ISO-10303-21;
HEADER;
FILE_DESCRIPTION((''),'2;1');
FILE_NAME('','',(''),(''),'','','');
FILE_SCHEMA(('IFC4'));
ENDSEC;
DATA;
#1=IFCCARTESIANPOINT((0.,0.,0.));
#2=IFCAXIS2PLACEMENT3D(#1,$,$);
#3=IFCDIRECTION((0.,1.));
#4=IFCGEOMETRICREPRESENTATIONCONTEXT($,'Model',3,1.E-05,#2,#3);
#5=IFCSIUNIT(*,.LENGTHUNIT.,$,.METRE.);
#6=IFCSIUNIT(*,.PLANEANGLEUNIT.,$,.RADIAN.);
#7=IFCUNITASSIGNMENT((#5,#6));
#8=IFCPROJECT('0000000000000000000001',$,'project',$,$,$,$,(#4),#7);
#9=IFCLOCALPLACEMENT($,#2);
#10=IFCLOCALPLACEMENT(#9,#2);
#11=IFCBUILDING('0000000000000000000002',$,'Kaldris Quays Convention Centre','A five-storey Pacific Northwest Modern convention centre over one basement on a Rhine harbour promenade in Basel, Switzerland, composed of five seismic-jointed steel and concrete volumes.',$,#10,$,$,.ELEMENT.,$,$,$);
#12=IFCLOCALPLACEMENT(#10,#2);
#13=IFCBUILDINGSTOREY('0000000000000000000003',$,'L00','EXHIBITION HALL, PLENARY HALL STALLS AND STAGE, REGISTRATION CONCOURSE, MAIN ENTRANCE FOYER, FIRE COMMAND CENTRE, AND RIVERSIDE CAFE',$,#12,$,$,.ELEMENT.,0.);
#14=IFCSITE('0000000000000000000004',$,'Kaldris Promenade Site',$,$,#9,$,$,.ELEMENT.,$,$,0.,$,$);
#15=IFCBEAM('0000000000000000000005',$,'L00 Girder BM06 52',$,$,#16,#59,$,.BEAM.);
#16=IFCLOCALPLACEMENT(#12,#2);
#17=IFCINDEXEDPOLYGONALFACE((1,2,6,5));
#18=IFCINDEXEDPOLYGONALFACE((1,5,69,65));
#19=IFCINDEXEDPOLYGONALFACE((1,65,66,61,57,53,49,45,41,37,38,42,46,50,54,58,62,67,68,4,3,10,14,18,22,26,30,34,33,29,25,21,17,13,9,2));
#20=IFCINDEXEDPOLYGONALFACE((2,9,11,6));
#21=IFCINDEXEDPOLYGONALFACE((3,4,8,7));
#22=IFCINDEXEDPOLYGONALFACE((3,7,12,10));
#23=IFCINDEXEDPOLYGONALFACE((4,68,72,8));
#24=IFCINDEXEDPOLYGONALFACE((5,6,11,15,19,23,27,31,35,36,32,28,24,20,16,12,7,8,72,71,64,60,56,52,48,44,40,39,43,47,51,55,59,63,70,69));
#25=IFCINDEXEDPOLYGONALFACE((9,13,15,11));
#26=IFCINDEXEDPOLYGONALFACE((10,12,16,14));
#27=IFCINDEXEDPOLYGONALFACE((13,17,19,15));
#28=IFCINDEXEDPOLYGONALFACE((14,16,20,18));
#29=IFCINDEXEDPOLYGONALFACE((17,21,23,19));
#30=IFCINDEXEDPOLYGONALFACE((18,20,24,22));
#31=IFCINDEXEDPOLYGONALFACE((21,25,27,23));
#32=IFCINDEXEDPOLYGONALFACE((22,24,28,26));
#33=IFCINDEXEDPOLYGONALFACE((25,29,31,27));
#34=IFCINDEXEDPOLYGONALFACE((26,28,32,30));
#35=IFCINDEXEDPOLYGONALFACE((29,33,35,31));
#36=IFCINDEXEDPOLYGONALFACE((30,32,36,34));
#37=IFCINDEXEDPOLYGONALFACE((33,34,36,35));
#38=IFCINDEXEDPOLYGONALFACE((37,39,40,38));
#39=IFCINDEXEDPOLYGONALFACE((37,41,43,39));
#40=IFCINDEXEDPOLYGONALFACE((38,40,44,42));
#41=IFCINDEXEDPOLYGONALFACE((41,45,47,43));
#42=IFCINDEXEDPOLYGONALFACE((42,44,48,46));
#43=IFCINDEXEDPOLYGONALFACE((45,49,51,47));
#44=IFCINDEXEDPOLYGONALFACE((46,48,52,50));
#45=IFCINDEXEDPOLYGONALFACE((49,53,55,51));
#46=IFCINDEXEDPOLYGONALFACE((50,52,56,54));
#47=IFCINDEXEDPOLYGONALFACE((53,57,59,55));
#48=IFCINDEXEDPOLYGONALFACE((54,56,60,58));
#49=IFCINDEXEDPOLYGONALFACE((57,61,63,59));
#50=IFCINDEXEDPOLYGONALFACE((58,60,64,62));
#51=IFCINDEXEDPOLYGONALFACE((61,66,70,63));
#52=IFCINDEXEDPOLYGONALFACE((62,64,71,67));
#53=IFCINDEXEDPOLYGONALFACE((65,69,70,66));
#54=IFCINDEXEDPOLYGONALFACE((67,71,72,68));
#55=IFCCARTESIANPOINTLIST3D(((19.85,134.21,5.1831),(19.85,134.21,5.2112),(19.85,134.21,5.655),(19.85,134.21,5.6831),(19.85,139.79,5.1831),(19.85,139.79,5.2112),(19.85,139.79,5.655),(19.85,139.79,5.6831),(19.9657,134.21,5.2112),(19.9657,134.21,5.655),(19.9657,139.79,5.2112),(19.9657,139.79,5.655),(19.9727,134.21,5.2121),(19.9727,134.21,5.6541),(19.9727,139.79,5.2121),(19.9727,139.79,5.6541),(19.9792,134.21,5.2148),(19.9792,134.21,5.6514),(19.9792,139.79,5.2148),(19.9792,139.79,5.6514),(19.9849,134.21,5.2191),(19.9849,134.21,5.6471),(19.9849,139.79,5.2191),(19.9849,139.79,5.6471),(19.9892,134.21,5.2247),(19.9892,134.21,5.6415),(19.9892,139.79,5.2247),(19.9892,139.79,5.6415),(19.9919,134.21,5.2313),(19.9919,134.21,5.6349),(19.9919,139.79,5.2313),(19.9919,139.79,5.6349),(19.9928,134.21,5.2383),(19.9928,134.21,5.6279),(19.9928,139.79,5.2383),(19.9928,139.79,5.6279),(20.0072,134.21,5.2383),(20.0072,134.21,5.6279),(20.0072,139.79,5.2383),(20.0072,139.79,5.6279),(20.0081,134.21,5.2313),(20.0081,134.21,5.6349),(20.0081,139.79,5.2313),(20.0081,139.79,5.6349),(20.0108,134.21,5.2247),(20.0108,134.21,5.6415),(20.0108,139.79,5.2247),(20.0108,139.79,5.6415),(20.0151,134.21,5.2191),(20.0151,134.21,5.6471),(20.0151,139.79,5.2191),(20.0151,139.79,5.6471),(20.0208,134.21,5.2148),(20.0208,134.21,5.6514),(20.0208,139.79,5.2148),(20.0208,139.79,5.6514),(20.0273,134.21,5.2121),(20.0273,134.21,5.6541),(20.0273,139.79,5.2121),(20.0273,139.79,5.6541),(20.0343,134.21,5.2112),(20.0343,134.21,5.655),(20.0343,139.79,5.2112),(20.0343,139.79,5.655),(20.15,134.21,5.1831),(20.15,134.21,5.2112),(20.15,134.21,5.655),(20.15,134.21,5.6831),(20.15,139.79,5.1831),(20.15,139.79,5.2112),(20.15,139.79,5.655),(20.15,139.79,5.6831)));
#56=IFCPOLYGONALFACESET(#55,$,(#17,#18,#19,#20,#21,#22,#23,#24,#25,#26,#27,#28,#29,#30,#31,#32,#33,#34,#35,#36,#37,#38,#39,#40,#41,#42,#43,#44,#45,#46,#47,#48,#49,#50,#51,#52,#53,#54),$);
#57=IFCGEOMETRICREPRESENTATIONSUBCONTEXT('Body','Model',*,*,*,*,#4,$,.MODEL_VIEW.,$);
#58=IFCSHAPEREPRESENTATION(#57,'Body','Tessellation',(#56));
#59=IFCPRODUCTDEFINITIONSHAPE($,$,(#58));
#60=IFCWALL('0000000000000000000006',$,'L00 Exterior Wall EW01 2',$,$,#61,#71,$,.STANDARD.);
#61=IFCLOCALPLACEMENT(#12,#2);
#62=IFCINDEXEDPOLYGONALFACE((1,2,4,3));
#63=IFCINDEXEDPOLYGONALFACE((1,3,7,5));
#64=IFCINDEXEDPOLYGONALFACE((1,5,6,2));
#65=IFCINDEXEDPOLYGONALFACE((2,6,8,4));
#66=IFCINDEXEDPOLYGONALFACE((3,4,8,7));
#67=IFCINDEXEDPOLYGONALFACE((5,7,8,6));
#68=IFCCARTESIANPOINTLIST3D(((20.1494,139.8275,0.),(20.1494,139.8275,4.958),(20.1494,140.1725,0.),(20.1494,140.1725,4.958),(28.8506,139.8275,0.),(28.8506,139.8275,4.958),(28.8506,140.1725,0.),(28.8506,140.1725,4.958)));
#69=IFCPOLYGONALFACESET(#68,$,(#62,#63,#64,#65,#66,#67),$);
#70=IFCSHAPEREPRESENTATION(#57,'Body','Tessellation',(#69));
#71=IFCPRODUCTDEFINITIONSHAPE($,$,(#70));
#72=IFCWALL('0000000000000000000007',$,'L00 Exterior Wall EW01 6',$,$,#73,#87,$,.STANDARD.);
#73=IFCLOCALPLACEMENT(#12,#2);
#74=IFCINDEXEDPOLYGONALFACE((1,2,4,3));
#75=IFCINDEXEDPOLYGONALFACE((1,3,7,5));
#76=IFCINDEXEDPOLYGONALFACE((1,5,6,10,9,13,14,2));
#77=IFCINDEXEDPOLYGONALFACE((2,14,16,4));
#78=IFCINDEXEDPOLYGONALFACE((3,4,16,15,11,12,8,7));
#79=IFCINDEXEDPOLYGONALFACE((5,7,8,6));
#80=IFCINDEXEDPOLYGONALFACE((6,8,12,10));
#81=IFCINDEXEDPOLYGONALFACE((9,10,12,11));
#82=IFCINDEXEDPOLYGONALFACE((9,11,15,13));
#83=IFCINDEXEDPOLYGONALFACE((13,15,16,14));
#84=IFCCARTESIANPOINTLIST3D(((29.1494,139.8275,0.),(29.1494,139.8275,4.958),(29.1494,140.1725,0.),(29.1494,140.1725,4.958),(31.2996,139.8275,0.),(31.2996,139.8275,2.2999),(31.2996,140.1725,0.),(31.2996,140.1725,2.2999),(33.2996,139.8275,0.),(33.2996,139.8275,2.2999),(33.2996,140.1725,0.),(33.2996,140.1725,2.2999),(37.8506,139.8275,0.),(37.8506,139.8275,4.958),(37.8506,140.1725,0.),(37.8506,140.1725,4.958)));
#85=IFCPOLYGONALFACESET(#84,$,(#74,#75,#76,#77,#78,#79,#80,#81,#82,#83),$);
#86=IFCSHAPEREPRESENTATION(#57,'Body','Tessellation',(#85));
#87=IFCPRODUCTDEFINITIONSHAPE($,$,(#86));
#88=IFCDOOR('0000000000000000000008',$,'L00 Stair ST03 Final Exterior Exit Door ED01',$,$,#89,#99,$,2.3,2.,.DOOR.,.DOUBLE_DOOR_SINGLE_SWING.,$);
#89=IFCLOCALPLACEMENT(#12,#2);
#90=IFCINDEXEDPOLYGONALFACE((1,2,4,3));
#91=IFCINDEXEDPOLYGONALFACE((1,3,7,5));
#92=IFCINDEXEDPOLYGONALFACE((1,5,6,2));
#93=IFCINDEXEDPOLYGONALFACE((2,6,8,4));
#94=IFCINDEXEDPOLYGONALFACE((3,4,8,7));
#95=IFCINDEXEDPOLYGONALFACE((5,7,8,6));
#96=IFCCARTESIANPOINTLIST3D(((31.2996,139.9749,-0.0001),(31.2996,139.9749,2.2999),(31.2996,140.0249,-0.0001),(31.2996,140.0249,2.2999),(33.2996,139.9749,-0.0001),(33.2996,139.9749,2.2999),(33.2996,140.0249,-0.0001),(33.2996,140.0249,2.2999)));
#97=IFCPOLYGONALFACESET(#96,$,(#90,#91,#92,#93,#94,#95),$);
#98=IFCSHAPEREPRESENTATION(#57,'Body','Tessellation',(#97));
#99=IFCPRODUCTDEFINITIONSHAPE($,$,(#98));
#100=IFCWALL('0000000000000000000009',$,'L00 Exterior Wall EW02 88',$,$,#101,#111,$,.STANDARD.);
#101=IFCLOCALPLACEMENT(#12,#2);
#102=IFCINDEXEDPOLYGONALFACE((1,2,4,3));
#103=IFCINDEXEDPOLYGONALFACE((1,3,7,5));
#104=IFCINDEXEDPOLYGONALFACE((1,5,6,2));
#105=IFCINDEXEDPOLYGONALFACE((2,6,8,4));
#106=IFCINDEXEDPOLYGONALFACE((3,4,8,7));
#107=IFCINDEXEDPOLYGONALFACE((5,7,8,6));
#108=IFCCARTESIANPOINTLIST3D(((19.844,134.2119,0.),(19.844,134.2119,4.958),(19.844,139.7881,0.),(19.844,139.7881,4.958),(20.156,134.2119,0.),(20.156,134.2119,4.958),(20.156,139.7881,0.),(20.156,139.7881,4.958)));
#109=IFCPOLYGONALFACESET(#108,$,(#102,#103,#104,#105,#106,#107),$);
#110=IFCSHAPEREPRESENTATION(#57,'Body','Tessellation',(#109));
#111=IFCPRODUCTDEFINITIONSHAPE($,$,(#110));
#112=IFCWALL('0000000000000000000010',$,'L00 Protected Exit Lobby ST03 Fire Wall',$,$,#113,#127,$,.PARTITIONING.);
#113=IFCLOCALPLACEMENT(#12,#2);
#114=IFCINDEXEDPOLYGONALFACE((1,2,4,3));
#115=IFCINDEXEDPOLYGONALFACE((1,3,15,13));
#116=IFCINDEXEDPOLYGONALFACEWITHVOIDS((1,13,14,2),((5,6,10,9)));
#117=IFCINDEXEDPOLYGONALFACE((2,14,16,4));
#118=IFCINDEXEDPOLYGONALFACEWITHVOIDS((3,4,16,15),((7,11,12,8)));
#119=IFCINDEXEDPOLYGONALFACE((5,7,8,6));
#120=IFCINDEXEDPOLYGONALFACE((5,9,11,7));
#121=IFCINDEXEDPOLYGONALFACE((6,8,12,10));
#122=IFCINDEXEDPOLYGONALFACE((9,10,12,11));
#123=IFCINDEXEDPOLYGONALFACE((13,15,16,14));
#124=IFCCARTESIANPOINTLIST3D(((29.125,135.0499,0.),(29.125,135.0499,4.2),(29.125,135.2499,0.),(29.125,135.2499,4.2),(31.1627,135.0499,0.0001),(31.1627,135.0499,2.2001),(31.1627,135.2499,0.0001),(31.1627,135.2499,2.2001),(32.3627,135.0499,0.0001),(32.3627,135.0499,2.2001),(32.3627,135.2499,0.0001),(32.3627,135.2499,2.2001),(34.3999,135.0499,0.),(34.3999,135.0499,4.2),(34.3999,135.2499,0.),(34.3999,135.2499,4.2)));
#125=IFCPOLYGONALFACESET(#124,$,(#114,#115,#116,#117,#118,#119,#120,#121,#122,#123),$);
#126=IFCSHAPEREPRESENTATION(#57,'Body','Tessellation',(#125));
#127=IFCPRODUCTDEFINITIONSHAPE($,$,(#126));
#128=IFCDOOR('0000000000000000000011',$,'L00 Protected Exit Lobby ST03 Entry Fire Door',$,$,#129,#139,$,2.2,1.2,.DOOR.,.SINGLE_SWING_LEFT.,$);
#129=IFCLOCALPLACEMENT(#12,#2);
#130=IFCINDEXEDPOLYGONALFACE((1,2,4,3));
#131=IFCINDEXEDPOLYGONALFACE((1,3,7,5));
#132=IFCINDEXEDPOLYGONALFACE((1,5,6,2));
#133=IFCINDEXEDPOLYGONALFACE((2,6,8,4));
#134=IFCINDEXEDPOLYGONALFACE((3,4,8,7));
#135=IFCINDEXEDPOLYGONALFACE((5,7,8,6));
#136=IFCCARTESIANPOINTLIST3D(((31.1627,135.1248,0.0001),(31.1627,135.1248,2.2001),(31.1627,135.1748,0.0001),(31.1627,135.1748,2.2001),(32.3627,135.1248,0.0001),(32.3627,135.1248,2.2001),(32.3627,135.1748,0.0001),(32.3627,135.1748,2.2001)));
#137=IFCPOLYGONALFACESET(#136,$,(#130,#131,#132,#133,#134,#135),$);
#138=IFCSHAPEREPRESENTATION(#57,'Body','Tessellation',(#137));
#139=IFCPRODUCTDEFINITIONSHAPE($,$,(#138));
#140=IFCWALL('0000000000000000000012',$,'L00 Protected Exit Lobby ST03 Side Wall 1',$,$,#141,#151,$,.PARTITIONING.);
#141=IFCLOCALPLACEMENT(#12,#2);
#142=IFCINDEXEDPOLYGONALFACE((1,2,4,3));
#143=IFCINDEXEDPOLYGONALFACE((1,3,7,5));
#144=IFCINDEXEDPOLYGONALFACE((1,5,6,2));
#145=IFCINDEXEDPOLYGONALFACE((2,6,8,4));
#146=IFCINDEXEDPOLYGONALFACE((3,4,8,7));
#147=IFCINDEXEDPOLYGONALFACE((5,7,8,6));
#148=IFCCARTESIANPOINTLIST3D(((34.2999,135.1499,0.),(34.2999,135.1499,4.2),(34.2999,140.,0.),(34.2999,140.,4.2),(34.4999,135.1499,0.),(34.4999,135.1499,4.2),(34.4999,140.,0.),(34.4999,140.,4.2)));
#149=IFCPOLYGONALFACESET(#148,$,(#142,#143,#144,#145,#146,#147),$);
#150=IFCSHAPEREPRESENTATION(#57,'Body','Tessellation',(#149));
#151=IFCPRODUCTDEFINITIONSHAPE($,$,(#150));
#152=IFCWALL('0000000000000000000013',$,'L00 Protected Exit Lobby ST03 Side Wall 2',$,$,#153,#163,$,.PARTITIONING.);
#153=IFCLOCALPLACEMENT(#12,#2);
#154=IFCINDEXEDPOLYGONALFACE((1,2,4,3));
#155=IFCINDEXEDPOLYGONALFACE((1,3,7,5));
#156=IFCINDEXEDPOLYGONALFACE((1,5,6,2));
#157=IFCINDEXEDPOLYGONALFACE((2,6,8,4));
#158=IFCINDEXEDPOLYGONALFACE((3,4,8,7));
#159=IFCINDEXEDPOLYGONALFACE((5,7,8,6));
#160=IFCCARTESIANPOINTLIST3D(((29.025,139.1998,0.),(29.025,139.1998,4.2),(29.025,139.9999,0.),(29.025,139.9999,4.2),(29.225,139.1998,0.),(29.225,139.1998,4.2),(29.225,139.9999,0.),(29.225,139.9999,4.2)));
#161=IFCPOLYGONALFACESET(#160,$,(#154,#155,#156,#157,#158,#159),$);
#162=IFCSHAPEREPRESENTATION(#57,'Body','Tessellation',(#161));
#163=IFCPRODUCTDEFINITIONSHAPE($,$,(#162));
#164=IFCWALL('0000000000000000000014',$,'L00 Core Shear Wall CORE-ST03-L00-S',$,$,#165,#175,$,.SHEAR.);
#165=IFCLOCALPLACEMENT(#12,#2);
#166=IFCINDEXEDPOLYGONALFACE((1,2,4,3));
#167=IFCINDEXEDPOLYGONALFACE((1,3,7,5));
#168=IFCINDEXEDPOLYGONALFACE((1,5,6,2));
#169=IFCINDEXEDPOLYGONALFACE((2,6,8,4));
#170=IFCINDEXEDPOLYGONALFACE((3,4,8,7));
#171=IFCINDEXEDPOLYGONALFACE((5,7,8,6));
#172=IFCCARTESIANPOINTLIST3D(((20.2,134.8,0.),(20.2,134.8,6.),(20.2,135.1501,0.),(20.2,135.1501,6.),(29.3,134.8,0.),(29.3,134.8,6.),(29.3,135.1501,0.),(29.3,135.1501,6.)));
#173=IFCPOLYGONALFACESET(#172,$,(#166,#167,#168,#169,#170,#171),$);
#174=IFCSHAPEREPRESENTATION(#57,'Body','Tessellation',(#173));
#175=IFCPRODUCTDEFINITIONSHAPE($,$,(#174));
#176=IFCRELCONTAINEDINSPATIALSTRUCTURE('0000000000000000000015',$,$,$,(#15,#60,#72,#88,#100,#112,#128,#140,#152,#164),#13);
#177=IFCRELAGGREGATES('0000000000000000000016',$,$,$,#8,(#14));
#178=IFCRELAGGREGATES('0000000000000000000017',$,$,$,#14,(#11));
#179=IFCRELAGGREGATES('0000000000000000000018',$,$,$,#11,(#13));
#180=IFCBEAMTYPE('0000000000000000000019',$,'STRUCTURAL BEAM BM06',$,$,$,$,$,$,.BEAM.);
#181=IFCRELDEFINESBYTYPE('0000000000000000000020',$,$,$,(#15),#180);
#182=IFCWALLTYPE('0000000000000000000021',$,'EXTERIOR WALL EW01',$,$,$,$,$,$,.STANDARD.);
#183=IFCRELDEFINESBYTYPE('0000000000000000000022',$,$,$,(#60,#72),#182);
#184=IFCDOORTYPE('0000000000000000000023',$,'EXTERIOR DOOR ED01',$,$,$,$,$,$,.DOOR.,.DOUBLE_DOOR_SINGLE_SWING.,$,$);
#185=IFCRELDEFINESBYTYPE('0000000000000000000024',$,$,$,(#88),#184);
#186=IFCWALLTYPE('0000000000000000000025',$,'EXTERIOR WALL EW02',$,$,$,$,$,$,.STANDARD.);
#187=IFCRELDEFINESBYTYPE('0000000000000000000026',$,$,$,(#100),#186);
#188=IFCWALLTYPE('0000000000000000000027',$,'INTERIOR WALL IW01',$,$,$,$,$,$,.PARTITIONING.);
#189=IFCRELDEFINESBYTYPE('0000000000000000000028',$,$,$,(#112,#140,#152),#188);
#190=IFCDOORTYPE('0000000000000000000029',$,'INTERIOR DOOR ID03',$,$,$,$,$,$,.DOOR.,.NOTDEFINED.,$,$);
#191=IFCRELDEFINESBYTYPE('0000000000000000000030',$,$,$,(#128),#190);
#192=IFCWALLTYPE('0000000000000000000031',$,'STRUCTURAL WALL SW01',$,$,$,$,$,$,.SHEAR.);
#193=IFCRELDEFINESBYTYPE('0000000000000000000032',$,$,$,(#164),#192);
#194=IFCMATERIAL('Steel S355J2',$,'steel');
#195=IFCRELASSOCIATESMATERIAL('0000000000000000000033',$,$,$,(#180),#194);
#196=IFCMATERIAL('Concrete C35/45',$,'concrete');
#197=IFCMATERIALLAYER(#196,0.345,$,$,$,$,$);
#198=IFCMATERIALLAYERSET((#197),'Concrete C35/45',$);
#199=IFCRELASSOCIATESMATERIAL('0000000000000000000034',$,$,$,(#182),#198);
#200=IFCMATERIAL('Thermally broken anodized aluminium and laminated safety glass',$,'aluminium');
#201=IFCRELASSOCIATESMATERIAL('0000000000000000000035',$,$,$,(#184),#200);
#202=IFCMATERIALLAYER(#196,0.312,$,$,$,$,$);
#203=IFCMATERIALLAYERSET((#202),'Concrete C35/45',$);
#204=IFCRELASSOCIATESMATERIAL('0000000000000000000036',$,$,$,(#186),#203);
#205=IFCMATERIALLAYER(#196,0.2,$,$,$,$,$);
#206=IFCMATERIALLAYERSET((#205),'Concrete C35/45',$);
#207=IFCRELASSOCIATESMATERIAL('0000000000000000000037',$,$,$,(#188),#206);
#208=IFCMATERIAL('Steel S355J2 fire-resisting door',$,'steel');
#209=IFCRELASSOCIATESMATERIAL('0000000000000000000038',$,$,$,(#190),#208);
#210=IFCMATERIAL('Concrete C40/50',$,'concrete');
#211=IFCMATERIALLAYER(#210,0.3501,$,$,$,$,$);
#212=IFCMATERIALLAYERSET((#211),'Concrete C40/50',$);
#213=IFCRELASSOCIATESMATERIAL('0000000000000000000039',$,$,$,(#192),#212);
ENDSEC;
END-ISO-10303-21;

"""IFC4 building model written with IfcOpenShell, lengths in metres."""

from ifc_helpers import new_model, si_unit, direction, frame, frame_2d, origin, origin_2d, place, context, subcontext, project, spatial, rectangle, i_section, extrude, material, layer, layer_set, material_profile, profile_set, type_object, element, fill, save


model = new_model("IFC4")

# Units and contexts
model_context = context("Model", 3, precision=1e-05, world=origin(), true_north=direction((0.0, 1.0)))
body_context = subcontext(model_context, "Body", "Model", "MODEL_VIEW")
ifc_project = project(units=[si_unit("LENGTHUNIT", "METRE"), si_unit("PLANEANGLEUNIT", "RADIAN")], contexts=[model_context])

# Site, building, storey
site_placement = place(None, origin())
site = spatial("IfcSite", under=ifc_project, at=site_placement, Name="Kaldris Promenade Site", CompositionType="ELEMENT", RefElevation=0.0)
building_placement = place(site_placement, origin())
building = spatial("IfcBuilding", under=site, at=building_placement, Name="Kaldris Quays Convention Centre", Description="A five-storey Pacific Northwest Modern convention centre over one basement on a Rhine harbour promenade in Basel, Switzerland, composed of five seismic-jointed steel and concrete volumes.", CompositionType="ELEMENT")
storey_placement = place(building_placement, origin())
storey = spatial("IfcBuildingStorey", under=building, at=storey_placement, Name="L00", Description="EXHIBITION HALL, PLENARY HALL STALLS AND STAGE, REGISTRATION CONCOURSE, MAIN ENTRANCE FOYER, FIRE COMMAND CENTRE, AND RIVERSIDE CAFE", CompositionType="ELEMENT", Elevation=0.0)

# Beam
ifc_material_1 = material(Name="Steel S355J2", Category="steel")
ifc_material_profile_1 = material_profile(ifc_material_1, i_section(OverallWidth=0.3, OverallDepth=0.5, WebThickness=0.0144, FlangeThickness=0.0281, FilletRadius=0.0271, at=origin_2d()), Name="HEB 500")
ifc_profile_set_1 = profile_set([ifc_material_profile_1], Name="Steel S355J2")
beam_type_1 = type_object("IfcBeamType", Name="STRUCTURAL BEAM BM06", PredefinedType="BEAM", material=ifc_profile_set_1)
beam_placement = place(storey_placement, frame((20.0, 134.21, 5.4331), z_axis=(0.0, 1.0, 0.0), x_axis=(-1.0, 0.0, 0.0)))
element("IfcBeam", 1, at=beam_placement, inside=storey, type_object=beam_type_1, Name="L00 Girder BM06 52", PredefinedType="BEAM", context=body_context, shape_type="SweptSolid", body=[
    extrude(i_section(OverallWidth=0.3, OverallDepth=0.5, WebThickness=0.0144, FlangeThickness=0.0281, FilletRadius=0.0271, at=origin_2d()), origin(), (0.0, 0.0, 1.0), 5.5801),
])

# Wall
ifc_material_2 = material(Name="Concrete C35/45", Category="concrete")
ifc_layer_1 = layer(ifc_material_2, 0.345)
ifc_layer_set_1 = layer_set([ifc_layer_1], Name="Concrete C35/45")
wall_type_1 = type_object("IfcWallType", Name="EXTERIOR WALL EW01", PredefinedType="STANDARD", material=ifc_layer_set_1)
wall_1_placement = place(storey_placement, frame((20.1494, 140.0, 0.0), z_axis=(0.0, 0.0, 1.0), x_axis=(1.0, 0.0, 0.0)))
element("IfcWall", 2, at=wall_1_placement, inside=storey, type_object=wall_type_1, Name="L00 Exterior Wall EW01 2", PredefinedType="STANDARD", context=body_context, shape_type="SweptSolid", body=[
    extrude(rectangle(XDim=8.7012, YDim=0.345, at=frame_2d((4.3506, 0.0))), origin(), (0.0, 0.0, 1.0), 4.958),
])

# Wall, opening, door
wall_2_placement = place(storey_placement, frame((29.1494, 140.0, 0.0), z_axis=(0.0, 0.0, 1.0), x_axis=(1.0, 0.0, 0.0)))
wall_2 = element("IfcWall", 3, at=wall_2_placement, inside=storey, type_object=wall_type_1, Name="L00 Exterior Wall EW01 6", PredefinedType="STANDARD", context=body_context, shape_type="SweptSolid", body=[
    extrude(rectangle(XDim=8.7012, YDim=0.345, at=frame_2d((4.3506, 0.0))), origin(), (0.0, 0.0, 1.0), 4.958),
])
opening_1_placement = place(wall_2_placement, frame((2.1501, 0.0, 0.0)))
opening_1 = element("IfcOpeningElement", 4, at=opening_1_placement, cuts=wall_2, PredefinedType="OPENING", context=body_context, shape_type="SweptSolid", body=[
    extrude(rectangle(XDim=2.0, YDim=2.3, at=frame_2d((1.0, 1.1499))), frame((0.0, 0.1826, 0.0), z_axis=(0.0, -1.0, 0.0), x_axis=(1.0, 0.0, 0.0)), (0.0, 0.0, 1.0), 0.365),
])
ifc_material_3 = material(Name="Thermally broken anodized aluminium and laminated safety glass", Category="aluminium")
door_type_1 = type_object("IfcDoorType", Name="EXTERIOR DOOR ED01", OperationType="DOUBLE_DOOR_SINGLE_SWING", PredefinedType="DOOR", material=ifc_material_3)
door_1_placement = place(opening_1_placement, origin())
door_1 = element("IfcDoor", 5, at=door_1_placement, inside=storey, type_object=door_type_1, Name="L00 Stair ST03 Final Exterior Exit Door ED01", OperationType="DOUBLE_DOOR_SINGLE_SWING", OverallHeight=2.3, OverallWidth=2.0, PredefinedType="DOOR", context=body_context, shape_type="SweptSolid", body=[
    extrude(rectangle(XDim=2.0, YDim=2.3, at=frame_2d((1.0, 1.1499))), frame((0.0, 0.0249, 0.0), z_axis=(0.0, -1.0, 0.0), x_axis=(1.0, 0.0, 0.0)), (0.0, 0.0, 1.0), 0.05),
])
fill(opening_1, door_1)

# Wall
ifc_layer_2 = layer(ifc_material_2, 0.312)
ifc_layer_set_2 = layer_set([ifc_layer_2], Name="Concrete C35/45")
wall_type_2 = type_object("IfcWallType", Name="EXTERIOR WALL EW02", PredefinedType="STANDARD", material=ifc_layer_set_2)
wall_3_placement = place(storey_placement, frame((20.0, 134.2119, 0.0), z_axis=(0.0, 0.0, 1.0), x_axis=(0.0, 1.0, 0.0)))
element("IfcWall", 6, at=wall_3_placement, inside=storey, type_object=wall_type_2, Name="L00 Exterior Wall EW02 88", PredefinedType="STANDARD", context=body_context, shape_type="SweptSolid", body=[
    extrude(rectangle(XDim=5.5762, YDim=0.312, at=frame_2d((2.7881, 0.0))), origin(), (0.0, 0.0, 1.0), 4.958),
])

# Wall, opening, door
ifc_layer_3 = layer(ifc_material_2, 0.2)
ifc_layer_set_3 = layer_set([ifc_layer_3], Name="Concrete C35/45")
wall_type_3 = type_object("IfcWallType", Name="INTERIOR WALL IW01", PredefinedType="PARTITIONING", material=ifc_layer_set_3)
wall_4_placement = place(storey_placement, frame((29.125, 135.1499, 0.0), z_axis=(0.0, 0.0, 1.0), x_axis=(1.0, 0.0, 0.0)))
wall_4 = element("IfcWall", 7, at=wall_4_placement, inside=storey, type_object=wall_type_3, Name="L00 Protected Exit Lobby ST03 Fire Wall", PredefinedType="PARTITIONING", context=body_context, shape_type="SweptSolid", body=[
    extrude(rectangle(XDim=5.2749, YDim=0.2, at=frame_2d((2.6375, 0.0))), origin(), (0.0, 0.0, 1.0), 4.2),
])
opening_2_placement = place(wall_4_placement, frame((2.0376, 0.0, 0.0)))
opening_2 = element("IfcOpeningElement", 8, at=opening_2_placement, cuts=wall_4, PredefinedType="OPENING", context=body_context, shape_type="SweptSolid", body=[
    extrude(rectangle(XDim=1.2, YDim=2.2, at=frame_2d((0.6001, 1.1001))), frame((0.0, 0.1099, 0.0), z_axis=(0.0, -1.0, 0.0), x_axis=(1.0, 0.0, 0.0)), (0.0, 0.0, 1.0), 0.22),
])
ifc_material_4 = material(Name="Steel S355J2 fire-resisting door", Category="steel")
door_type_2 = type_object("IfcDoorType", Name="INTERIOR DOOR ID03", OperationType="NOTDEFINED", PredefinedType="DOOR", material=ifc_material_4)
door_2_placement = place(opening_2_placement, origin())
door_2 = element("IfcDoor", 9, at=door_2_placement, inside=storey, type_object=door_type_2, Name="L00 Protected Exit Lobby ST03 Entry Fire Door", OperationType="SINGLE_SWING_LEFT", OverallHeight=2.2, OverallWidth=1.2, PredefinedType="DOOR", context=body_context, shape_type="SweptSolid", body=[
    extrude(rectangle(XDim=1.2, YDim=2.2, at=frame_2d((0.6001, 1.1001))), frame((0.0, 0.0249, 0.0), z_axis=(0.0, -1.0, 0.0), x_axis=(1.0, 0.0, 0.0)), (0.0, 0.0, 1.0), 0.05),
])
fill(opening_2, door_2)

# Walls
wall_5_placement = place(storey_placement, frame((34.3999, 135.1499, 0.0), z_axis=(0.0, 0.0, 1.0), x_axis=(0.0, 1.0, 0.0)))
element("IfcWall", 10, at=wall_5_placement, inside=storey, type_object=wall_type_3, Name="L00 Protected Exit Lobby ST03 Side Wall 1", PredefinedType="PARTITIONING", context=body_context, shape_type="SweptSolid", body=[
    extrude(rectangle(XDim=4.8501, YDim=0.2, at=frame_2d((2.425, 0.0))), origin(), (0.0, 0.0, 1.0), 4.2),
])
wall_6_placement = place(storey_placement, frame((29.125, 139.2, 0.0), z_axis=(0.0, 0.0, 1.0), x_axis=(0.0, 1.0, 0.0)))
element("IfcWall", 11, at=wall_6_placement, inside=storey, type_object=wall_type_3, Name="L00 Protected Exit Lobby ST03 Side Wall 2", PredefinedType="PARTITIONING", context=body_context, shape_type="SweptSolid", body=[
    extrude(rectangle(XDim=0.8, YDim=0.2, at=frame_2d((0.3999, 0.0))), origin(), (0.0, 0.0, 1.0), 4.2),
])
ifc_material_5 = material(Name="Concrete C40/50", Category="concrete")
ifc_layer_4 = layer(ifc_material_5, 0.3501)
ifc_layer_set_4 = layer_set([ifc_layer_4], Name="Concrete C40/50")
wall_type_4 = type_object("IfcWallType", Name="STRUCTURAL WALL SW01", PredefinedType="SHEAR", material=ifc_layer_set_4)
for number, where, z_axis, x_axis, name in (
    (12, (20.2, 134.9751, 0.0), (0.0, 0.0, 1.0), (1.0, 0.0, 0.0), "L00 Core Shear Wall CORE-ST03-L00-S"),
):
    element("IfcWall", number, at=place(storey_placement, frame(where, z_axis=z_axis, x_axis=x_axis)), inside=storey, type_object=wall_type_4, Name=name, PredefinedType="SHEAR", context=body_context, shape_type="SweptSolid", body=[
        extrude(rectangle(XDim=9.1001, YDim=0.3501, at=frame_2d((4.55, 0.0))), origin(), (0.0, 0.0, 1.0), 6.0),
    ])

save(model, "model.ifc")
